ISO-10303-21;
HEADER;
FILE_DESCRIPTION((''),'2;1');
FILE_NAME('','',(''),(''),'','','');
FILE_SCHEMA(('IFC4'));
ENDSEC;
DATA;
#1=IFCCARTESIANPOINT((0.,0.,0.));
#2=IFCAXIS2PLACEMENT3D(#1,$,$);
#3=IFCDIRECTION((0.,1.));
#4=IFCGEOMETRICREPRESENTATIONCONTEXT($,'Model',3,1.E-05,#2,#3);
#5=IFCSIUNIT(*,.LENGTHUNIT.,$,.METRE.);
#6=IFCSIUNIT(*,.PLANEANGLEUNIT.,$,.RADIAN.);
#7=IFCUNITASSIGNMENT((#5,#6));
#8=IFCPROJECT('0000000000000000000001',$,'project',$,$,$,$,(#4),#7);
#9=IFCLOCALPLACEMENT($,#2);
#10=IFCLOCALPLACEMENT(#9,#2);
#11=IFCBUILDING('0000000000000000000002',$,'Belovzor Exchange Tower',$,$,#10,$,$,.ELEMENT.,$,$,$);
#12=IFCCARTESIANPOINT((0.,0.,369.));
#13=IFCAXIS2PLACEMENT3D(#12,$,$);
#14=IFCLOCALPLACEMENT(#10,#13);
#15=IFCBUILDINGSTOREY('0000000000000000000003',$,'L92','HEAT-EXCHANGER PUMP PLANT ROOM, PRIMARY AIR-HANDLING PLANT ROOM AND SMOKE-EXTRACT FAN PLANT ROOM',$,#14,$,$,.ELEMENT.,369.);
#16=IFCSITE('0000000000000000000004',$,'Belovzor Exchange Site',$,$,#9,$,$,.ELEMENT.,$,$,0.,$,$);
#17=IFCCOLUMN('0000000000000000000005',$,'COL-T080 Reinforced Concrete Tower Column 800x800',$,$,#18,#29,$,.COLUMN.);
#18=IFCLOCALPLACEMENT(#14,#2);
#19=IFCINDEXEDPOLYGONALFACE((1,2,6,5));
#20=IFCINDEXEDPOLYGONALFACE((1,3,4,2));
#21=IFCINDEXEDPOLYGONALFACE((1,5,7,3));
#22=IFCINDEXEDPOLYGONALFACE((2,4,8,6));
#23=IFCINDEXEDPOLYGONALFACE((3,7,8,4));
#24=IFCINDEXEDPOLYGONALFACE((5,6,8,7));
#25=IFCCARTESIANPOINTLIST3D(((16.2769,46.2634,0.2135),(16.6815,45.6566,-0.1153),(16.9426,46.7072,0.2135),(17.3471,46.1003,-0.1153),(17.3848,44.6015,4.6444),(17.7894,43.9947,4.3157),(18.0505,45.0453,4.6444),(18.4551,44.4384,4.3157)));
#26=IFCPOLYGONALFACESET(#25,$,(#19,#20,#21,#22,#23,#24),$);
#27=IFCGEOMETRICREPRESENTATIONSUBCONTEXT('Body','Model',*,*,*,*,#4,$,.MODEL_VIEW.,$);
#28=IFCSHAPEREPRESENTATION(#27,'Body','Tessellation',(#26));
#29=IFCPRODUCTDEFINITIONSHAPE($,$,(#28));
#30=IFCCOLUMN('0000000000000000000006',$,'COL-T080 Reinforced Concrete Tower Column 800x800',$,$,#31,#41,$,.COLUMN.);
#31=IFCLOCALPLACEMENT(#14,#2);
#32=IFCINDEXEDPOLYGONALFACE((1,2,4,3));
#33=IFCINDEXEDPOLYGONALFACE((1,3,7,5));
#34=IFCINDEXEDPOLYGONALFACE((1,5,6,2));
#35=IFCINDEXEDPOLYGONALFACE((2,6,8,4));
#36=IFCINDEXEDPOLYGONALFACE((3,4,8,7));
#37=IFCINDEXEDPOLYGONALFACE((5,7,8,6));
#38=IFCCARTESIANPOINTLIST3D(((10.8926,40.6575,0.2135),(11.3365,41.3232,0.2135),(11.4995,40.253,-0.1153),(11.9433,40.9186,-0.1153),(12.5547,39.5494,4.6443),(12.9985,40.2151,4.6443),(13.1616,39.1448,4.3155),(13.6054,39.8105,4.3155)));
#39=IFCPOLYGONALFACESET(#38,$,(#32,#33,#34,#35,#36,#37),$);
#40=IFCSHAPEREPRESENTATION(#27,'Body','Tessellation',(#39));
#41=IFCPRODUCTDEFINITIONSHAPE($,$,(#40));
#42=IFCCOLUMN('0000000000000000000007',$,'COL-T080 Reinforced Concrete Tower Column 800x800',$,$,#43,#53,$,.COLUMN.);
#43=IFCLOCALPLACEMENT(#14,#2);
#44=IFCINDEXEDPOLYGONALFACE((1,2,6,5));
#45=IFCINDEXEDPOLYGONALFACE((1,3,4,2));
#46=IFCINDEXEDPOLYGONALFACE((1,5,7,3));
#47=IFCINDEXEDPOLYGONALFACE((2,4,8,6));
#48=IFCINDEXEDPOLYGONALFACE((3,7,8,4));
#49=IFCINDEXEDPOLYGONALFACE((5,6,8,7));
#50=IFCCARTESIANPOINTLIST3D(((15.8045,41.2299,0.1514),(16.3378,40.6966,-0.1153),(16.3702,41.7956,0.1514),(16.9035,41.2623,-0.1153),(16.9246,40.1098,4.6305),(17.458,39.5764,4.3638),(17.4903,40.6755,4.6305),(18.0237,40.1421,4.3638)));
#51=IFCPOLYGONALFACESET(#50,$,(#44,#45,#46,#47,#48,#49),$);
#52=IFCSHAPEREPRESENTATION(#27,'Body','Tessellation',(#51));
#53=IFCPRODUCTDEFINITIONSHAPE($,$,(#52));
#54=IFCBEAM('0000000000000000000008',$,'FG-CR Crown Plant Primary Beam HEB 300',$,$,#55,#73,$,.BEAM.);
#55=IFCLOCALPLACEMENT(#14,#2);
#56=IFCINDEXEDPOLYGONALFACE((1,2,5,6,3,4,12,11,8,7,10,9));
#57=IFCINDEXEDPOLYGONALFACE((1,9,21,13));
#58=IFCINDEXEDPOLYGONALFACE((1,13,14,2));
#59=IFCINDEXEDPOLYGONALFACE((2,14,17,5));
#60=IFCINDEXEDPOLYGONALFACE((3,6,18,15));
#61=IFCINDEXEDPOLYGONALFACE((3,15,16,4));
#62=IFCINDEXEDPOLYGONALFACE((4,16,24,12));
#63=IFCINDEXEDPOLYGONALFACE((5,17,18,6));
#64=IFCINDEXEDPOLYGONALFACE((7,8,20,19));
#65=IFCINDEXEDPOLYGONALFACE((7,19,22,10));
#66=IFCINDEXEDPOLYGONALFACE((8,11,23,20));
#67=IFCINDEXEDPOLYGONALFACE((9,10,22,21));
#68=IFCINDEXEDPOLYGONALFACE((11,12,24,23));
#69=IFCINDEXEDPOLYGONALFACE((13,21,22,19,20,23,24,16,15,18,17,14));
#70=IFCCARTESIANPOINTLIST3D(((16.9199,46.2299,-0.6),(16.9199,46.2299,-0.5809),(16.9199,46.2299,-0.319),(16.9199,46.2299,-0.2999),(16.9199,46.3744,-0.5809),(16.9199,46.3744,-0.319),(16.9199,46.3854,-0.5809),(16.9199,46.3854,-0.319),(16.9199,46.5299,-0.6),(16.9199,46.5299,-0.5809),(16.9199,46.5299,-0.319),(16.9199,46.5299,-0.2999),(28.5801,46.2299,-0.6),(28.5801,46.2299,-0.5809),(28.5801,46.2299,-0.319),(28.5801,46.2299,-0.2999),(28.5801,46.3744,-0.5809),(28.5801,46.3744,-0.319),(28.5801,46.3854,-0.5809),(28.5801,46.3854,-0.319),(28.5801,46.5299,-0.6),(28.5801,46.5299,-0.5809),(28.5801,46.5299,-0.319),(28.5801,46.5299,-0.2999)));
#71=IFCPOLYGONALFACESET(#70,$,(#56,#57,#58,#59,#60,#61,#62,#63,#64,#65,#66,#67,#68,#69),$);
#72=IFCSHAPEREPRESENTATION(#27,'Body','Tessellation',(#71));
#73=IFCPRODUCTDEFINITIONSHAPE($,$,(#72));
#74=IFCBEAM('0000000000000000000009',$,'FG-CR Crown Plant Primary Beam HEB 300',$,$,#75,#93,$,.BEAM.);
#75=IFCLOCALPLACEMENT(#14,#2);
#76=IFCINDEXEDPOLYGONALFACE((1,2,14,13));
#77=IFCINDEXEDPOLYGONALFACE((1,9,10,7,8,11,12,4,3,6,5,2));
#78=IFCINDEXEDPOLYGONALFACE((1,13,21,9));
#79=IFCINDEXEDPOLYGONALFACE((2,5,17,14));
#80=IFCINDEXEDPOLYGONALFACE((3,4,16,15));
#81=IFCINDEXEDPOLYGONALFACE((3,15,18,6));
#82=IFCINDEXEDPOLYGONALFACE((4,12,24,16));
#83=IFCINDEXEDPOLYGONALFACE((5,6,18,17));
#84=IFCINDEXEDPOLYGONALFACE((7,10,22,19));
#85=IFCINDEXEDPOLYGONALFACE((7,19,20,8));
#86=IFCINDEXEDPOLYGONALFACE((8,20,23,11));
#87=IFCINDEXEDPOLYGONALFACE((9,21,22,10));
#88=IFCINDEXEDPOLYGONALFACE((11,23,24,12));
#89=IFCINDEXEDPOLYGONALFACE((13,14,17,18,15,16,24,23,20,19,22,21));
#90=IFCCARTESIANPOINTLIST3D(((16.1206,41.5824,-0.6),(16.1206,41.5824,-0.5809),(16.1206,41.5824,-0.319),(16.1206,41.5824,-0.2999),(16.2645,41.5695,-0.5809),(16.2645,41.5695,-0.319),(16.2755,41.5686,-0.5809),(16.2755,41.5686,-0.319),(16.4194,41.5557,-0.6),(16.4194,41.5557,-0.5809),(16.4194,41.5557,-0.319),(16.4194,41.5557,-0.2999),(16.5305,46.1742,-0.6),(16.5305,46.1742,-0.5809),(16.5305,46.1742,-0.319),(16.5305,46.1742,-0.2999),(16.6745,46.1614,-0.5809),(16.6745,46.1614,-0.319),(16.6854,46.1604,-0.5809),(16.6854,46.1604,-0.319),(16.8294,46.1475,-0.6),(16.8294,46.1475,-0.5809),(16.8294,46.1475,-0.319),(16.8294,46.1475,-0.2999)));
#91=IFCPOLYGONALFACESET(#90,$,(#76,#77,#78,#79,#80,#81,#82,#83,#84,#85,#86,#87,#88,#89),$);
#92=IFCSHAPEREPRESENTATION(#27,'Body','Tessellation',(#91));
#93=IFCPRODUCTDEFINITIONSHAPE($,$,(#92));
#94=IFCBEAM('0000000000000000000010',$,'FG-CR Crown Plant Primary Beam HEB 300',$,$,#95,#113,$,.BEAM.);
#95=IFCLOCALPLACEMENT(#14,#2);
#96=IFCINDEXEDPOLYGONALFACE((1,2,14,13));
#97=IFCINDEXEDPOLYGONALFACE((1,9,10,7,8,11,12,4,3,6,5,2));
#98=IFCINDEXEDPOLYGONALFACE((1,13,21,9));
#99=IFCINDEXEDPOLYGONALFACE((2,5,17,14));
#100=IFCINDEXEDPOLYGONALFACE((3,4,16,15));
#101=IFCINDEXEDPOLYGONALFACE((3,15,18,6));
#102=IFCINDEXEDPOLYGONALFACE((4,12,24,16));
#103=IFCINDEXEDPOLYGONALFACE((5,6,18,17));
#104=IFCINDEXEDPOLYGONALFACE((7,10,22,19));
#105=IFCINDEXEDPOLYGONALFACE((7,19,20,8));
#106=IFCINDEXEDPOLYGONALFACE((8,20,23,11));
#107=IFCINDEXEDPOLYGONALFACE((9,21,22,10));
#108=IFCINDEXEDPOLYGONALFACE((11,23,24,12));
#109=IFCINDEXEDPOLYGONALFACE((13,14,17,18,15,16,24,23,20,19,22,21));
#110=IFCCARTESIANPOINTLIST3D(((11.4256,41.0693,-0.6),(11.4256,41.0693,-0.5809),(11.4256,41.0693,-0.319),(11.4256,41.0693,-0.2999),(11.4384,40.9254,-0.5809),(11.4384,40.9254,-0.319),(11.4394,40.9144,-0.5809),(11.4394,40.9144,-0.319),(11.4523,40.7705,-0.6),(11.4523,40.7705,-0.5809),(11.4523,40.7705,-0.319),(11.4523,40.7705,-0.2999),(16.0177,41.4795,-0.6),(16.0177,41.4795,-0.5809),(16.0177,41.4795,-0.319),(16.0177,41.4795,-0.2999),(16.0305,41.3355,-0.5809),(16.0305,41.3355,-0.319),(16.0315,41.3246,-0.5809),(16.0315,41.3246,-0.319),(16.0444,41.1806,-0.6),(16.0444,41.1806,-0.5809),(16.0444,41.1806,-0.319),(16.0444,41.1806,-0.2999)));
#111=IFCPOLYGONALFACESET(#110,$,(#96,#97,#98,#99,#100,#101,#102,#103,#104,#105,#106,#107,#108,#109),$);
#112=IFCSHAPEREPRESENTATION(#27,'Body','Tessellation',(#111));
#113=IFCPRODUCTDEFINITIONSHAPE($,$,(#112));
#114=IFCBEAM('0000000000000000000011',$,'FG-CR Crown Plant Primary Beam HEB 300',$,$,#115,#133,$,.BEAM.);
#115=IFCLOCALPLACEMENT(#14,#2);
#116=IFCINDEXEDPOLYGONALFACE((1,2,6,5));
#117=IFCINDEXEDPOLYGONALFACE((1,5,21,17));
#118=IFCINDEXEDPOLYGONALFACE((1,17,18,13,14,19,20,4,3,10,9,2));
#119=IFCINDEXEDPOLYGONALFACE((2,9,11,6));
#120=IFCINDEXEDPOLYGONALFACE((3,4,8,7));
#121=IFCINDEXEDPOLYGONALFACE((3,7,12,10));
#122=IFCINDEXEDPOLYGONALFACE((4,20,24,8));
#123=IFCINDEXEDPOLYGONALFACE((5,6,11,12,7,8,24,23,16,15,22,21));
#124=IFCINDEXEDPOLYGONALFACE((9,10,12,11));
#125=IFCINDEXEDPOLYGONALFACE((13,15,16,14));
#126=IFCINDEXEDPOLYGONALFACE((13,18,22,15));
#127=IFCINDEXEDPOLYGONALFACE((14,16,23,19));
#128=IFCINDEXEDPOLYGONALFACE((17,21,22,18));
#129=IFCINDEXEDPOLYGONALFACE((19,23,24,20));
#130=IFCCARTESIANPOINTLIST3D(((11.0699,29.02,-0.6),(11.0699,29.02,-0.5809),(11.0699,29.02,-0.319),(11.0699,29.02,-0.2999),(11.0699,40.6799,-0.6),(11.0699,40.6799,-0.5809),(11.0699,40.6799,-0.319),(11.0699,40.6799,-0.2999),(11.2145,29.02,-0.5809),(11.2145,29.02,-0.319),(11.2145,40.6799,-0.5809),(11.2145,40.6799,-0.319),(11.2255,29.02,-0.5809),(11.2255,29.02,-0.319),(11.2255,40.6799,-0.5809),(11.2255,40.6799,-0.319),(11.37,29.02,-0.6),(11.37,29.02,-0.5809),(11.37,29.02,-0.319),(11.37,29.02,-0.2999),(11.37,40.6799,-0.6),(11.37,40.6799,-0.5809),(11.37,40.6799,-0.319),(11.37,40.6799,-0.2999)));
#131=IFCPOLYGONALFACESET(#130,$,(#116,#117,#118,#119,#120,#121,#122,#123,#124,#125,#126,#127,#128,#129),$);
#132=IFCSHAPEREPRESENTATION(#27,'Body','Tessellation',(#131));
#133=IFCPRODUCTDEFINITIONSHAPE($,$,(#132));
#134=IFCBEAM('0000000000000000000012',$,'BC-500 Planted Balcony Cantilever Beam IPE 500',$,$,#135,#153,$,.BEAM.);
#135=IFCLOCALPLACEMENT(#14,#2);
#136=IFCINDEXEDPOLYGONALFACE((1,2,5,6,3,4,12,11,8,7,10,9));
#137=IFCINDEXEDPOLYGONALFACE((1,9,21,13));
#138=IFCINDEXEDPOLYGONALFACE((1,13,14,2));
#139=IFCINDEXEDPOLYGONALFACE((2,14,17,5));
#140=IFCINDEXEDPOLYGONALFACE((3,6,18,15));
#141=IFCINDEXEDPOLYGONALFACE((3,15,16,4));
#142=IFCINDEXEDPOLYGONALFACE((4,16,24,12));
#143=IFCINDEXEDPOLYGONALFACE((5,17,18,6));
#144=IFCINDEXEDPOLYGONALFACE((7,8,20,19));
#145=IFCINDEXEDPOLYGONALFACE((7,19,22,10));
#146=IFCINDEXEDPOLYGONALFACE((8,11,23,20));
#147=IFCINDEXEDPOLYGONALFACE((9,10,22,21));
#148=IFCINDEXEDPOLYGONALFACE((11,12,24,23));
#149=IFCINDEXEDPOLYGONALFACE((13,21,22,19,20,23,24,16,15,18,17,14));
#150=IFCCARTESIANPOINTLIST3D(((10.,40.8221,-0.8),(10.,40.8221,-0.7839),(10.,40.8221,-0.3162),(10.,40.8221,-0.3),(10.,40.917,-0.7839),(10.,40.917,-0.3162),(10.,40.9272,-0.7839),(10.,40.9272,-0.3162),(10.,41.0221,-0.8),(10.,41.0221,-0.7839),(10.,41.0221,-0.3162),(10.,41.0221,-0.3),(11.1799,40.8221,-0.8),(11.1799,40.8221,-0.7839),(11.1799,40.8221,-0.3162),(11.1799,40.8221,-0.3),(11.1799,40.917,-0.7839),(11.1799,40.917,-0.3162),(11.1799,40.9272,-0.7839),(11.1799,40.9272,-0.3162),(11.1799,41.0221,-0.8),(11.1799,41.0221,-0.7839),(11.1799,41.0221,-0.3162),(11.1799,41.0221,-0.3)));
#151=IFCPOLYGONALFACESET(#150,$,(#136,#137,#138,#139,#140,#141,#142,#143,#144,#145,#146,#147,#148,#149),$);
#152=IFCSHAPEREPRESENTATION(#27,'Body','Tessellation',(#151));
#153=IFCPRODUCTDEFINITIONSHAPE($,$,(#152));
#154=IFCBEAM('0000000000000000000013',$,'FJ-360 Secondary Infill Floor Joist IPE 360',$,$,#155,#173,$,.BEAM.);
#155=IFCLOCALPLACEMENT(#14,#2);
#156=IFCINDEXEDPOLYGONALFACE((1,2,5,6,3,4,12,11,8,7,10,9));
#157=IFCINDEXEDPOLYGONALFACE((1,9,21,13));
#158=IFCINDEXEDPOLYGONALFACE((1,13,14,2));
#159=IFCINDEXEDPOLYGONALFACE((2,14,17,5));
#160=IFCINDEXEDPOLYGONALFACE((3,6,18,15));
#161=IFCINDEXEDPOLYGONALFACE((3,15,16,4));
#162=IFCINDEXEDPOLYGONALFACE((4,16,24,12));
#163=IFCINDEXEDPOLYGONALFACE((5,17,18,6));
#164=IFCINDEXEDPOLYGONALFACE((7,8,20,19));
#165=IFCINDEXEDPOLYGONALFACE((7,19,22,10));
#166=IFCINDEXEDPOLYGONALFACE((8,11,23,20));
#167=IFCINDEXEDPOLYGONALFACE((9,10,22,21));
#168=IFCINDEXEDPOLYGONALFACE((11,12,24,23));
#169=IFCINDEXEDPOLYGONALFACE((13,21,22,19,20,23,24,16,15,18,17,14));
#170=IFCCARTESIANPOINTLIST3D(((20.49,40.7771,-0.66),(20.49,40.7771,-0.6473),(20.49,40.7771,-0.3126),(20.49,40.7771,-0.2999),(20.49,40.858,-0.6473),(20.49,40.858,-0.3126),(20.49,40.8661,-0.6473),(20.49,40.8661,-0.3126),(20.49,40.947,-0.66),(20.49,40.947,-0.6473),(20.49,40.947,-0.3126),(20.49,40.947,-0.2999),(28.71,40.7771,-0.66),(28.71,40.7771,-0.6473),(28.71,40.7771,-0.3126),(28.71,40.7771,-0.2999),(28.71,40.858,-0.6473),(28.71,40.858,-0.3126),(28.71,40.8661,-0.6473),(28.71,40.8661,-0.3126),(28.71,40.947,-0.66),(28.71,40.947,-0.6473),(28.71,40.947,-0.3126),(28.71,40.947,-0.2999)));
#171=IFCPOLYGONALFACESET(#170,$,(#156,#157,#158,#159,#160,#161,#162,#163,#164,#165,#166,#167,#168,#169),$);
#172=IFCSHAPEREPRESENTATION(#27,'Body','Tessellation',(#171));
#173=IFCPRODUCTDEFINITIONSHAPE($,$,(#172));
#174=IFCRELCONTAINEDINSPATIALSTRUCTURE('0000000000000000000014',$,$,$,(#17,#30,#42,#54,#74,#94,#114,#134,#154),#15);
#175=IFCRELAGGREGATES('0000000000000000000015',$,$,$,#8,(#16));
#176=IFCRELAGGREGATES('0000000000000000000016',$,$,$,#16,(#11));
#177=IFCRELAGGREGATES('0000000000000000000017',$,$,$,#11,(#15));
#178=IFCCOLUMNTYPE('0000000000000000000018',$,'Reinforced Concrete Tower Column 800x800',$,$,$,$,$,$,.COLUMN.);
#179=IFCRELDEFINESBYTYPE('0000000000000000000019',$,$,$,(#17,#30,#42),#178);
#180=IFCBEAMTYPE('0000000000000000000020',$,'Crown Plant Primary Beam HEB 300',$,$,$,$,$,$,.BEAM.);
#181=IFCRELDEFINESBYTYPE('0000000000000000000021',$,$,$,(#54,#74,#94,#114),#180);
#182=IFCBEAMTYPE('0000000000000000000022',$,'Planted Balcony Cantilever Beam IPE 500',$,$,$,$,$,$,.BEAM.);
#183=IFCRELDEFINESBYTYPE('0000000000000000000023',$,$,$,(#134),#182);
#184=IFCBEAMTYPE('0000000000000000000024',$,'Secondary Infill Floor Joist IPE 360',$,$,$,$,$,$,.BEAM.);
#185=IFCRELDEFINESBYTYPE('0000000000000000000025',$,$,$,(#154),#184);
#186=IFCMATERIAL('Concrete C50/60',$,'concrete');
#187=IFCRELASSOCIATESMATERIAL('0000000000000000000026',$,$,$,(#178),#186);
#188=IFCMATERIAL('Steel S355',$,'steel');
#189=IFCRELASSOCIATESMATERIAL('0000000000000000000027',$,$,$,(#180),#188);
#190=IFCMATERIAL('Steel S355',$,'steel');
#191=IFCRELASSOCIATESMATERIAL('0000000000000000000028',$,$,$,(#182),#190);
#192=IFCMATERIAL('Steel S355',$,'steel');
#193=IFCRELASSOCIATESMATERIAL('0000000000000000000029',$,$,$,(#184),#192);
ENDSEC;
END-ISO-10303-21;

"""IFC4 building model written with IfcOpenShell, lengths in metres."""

from ifc_helpers import new_model, si_unit, direction, frame, origin, origin_2d, place, context, subcontext, project, spatial, rectangle, i_section, extrude, material, material_profile, profile_set, type_object, element, save


model = new_model("IFC4")

# Units and contexts
model_context = context("Model", 3, precision=1e-05, world=origin(), true_north=direction((0.0, 1.0)))
body_context = subcontext(model_context, "Body", "Model", "MODEL_VIEW")
ifc_project = project(units=[si_unit("LENGTHUNIT", "METRE"), si_unit("PLANEANGLEUNIT", "RADIAN")], contexts=[model_context])

# Site, building, storey
site_placement = place(None, origin())
site = spatial("IfcSite", under=ifc_project, at=site_placement, Name="Belovzor Exchange Site", CompositionType="ELEMENT", RefElevation=0.0)
building_placement = place(site_placement, origin())
building = spatial("IfcBuilding", under=site, at=building_placement, Name="Belovzor Exchange Tower", CompositionType="ELEMENT")
storey_placement = place(building_placement, frame((0.0, 0.0, 369.0)))
storey = spatial("IfcBuildingStorey", under=building, at=storey_placement, Name="L92", Description="HEAT-EXCHANGER PUMP PLANT ROOM, PRIMARY AIR-HANDLING PLANT ROOM AND SMOKE-EXTRACT FAN PLANT ROOM", CompositionType="ELEMENT", Elevation=369.0)

# Columns
ifc_material_1 = material(Name="Concrete C50/60", Category="concrete")
ifc_material_profile_1 = material_profile(ifc_material_1, rectangle(XDim=0.8, YDim=0.8, at=origin_2d()))
ifc_profile_set_1 = profile_set([ifc_material_profile_1], Name="Concrete C50/60")
column_type = type_object("IfcColumnType", Name="Reinforced Concrete Tower Column 800x800", PredefinedType="COLUMN", material=ifc_profile_set_1)
for number, where, z_axis, x_axis, name in (
    (1, (16.812, 46.1819, 0.0491), (0.227952, -0.341929, 0.911659), (0.83205, 0.5547, 0.0), "COL-T080 Reinforced Concrete Tower Column 800x800"),
    (2, (11.418, 40.7881, 0.0491), (0.341969, -0.227996, 0.911633), (0.554728, 0.832031, 0.0), "COL-T080 Reinforced Concrete Tower Column 800x800"),
):
    element("IfcColumn", number, at=place(storey_placement, frame(where, z_axis=z_axis, x_axis=x_axis)), inside=storey, type_object=column_type, Name=name, PredefinedType="COLUMN", context=body_context, shape_type="SweptSolid", body=[
        extrude(rectangle(XDim=0.8, YDim=0.8, at=origin_2d()), origin(), (0.0, 0.0, 1.0), 4.8604),
    ])
column_placement = place(storey_placement, frame((16.354, 41.2461, 0.0181), z_axis=(0.235771, -0.235771, 0.942775), x_axis=(0.707107, 0.707107, 0.0)))
element("IfcColumn", 3, at=column_placement, inside=storey, type_object=column_type, Name="COL-T080 Reinforced Concrete Tower Column 800x800", PredefinedType="COLUMN", context=body_context, shape_type="SweptSolid", body=[
    extrude(rectangle(XDim=0.8, YDim=0.8, at=origin_2d()), origin(), (0.0, 0.0, 1.0), 4.751),
])

# Beams
ifc_material_2 = material(Name="Steel S355", Category="steel")
ifc_material_profile_2 = material_profile(ifc_material_2, i_section(OverallWidth=0.3, OverallDepth=0.3, WebThickness=0.011, FlangeThickness=0.019, at=origin_2d()))
ifc_profile_set_2 = profile_set([ifc_material_profile_2], Name="Steel S355")
beam_type_1 = type_object("IfcBeamType", Name="Crown Plant Primary Beam HEB 300", PredefinedType="BEAM", material=ifc_profile_set_2)
beam_1_placement = place(storey_placement, frame((28.5801, 46.3799, -0.45), z_axis=(-1.0, 0.0, 0.0), x_axis=(0.0, -1.0, 0.0)))
element("IfcBeam", 4, at=beam_1_placement, inside=storey, type_object=beam_type_1, Name="FG-CR Crown Plant Primary Beam HEB 300", PredefinedType="BEAM", context=body_context, shape_type="SweptSolid", body=[
    extrude(i_section(OverallWidth=0.3, OverallDepth=0.3, WebThickness=0.011, FlangeThickness=0.019, at=origin_2d()), origin(), (0.0, 0.0, 1.0), 11.6602),
])
beam_2_placement = place(storey_placement, frame((16.6799, 46.1609, -0.45), z_axis=(-0.088917, -0.996039, 0.0), x_axis=(0.996039, -0.088917, 0.0)))
element("IfcBeam", 5, at=beam_2_placement, inside=storey, type_object=beam_type_1, Name="FG-CR Crown Plant Primary Beam HEB 300", PredefinedType="BEAM", context=body_context, shape_type="SweptSolid", body=[
    extrude(i_section(OverallWidth=0.3, OverallDepth=0.3, WebThickness=0.011, FlangeThickness=0.019, at=origin_2d()), origin(), (0.0, 0.0, 1.0), 4.6101),
])
beam_3_placement = place(storey_placement, frame((16.031, 41.3301, -0.45), z_axis=(-0.996035, -0.088965, 0.0), x_axis=(0.088965, -0.996035, 0.0)))
element("IfcBeam", 6, at=beam_3_placement, inside=storey, type_object=beam_type_1, Name="FG-CR Crown Plant Primary Beam HEB 300", PredefinedType="BEAM", context=body_context, shape_type="SweptSolid", body=[
    extrude(i_section(OverallWidth=0.3, OverallDepth=0.3, WebThickness=0.011, FlangeThickness=0.019, at=origin_2d()), origin(), (0.0, 0.0, 1.0), 4.6104),
])
beam_4_placement = place(storey_placement, frame((11.22, 40.6799, -0.45), z_axis=(0.0, -1.0, 0.0), x_axis=(1.0, 0.0, 0.0)))
element("IfcBeam", 7, at=beam_4_placement, inside=storey, type_object=beam_type_1, Name="FG-CR Crown Plant Primary Beam HEB 300", PredefinedType="BEAM", context=body_context, shape_type="SweptSolid", body=[
    extrude(i_section(OverallWidth=0.3, OverallDepth=0.3, WebThickness=0.011, FlangeThickness=0.019, at=origin_2d()), origin(), (0.0, 0.0, 1.0), 11.6599),
])
ifc_material_3 = material(Name="Steel S355", Category="steel")
ifc_material_profile_3 = material_profile(ifc_material_3, i_section(OverallWidth=0.2, OverallDepth=0.5, WebThickness=0.0103, FlangeThickness=0.0161, at=origin_2d()))
ifc_profile_set_3 = profile_set([ifc_material_profile_3], Name="Steel S355")
beam_type_2 = type_object("IfcBeamType", Name="Planted Balcony Cantilever Beam IPE 500", PredefinedType="BEAM", material=ifc_profile_set_3)
beam_5_placement = place(storey_placement, frame((11.1799, 40.9221, -0.55), z_axis=(-1.0, 0.0, 0.0), x_axis=(0.0, -1.0, 0.0)))
element("IfcBeam", 8, at=beam_5_placement, inside=storey, type_object=beam_type_2, Name="BC-500 Planted Balcony Cantilever Beam IPE 500", PredefinedType="BEAM", context=body_context, shape_type="SweptSolid", body=[
    extrude(i_section(OverallWidth=0.2, OverallDepth=0.5, WebThickness=0.0103, FlangeThickness=0.0161, at=origin_2d()), origin(), (0.0, 0.0, 1.0), 1.1799),
])
ifc_material_4 = material(Name="Steel S355", Category="steel")
ifc_material_profile_4 = material_profile(ifc_material_4, i_section(OverallWidth=0.1699, OverallDepth=0.3601, WebThickness=0.0081, FlangeThickness=0.0127, at=origin_2d()))
ifc_profile_set_4 = profile_set([ifc_material_profile_4], Name="Steel S355")
beam_type_3 = type_object("IfcBeamType", Name="Secondary Infill Floor Joist IPE 360", PredefinedType="BEAM", material=ifc_profile_set_4)
beam_6_placement = place(storey_placement, frame((20.49, 40.8621, -0.48), z_axis=(1.0, 0.0, 0.0), x_axis=(0.0, 1.0, 0.0)))
element("IfcBeam", 9, at=beam_6_placement, inside=storey, type_object=beam_type_3, Name="FJ-360 Secondary Infill Floor Joist IPE 360", PredefinedType="BEAM", context=body_context, shape_type="SweptSolid", body=[
    extrude(i_section(OverallWidth=0.1699, OverallDepth=0.3601, WebThickness=0.0081, FlangeThickness=0.0127, at=origin_2d()), origin(), (0.0, 0.0, 1.0), 8.22),
])

save(model, "model.ifc")
